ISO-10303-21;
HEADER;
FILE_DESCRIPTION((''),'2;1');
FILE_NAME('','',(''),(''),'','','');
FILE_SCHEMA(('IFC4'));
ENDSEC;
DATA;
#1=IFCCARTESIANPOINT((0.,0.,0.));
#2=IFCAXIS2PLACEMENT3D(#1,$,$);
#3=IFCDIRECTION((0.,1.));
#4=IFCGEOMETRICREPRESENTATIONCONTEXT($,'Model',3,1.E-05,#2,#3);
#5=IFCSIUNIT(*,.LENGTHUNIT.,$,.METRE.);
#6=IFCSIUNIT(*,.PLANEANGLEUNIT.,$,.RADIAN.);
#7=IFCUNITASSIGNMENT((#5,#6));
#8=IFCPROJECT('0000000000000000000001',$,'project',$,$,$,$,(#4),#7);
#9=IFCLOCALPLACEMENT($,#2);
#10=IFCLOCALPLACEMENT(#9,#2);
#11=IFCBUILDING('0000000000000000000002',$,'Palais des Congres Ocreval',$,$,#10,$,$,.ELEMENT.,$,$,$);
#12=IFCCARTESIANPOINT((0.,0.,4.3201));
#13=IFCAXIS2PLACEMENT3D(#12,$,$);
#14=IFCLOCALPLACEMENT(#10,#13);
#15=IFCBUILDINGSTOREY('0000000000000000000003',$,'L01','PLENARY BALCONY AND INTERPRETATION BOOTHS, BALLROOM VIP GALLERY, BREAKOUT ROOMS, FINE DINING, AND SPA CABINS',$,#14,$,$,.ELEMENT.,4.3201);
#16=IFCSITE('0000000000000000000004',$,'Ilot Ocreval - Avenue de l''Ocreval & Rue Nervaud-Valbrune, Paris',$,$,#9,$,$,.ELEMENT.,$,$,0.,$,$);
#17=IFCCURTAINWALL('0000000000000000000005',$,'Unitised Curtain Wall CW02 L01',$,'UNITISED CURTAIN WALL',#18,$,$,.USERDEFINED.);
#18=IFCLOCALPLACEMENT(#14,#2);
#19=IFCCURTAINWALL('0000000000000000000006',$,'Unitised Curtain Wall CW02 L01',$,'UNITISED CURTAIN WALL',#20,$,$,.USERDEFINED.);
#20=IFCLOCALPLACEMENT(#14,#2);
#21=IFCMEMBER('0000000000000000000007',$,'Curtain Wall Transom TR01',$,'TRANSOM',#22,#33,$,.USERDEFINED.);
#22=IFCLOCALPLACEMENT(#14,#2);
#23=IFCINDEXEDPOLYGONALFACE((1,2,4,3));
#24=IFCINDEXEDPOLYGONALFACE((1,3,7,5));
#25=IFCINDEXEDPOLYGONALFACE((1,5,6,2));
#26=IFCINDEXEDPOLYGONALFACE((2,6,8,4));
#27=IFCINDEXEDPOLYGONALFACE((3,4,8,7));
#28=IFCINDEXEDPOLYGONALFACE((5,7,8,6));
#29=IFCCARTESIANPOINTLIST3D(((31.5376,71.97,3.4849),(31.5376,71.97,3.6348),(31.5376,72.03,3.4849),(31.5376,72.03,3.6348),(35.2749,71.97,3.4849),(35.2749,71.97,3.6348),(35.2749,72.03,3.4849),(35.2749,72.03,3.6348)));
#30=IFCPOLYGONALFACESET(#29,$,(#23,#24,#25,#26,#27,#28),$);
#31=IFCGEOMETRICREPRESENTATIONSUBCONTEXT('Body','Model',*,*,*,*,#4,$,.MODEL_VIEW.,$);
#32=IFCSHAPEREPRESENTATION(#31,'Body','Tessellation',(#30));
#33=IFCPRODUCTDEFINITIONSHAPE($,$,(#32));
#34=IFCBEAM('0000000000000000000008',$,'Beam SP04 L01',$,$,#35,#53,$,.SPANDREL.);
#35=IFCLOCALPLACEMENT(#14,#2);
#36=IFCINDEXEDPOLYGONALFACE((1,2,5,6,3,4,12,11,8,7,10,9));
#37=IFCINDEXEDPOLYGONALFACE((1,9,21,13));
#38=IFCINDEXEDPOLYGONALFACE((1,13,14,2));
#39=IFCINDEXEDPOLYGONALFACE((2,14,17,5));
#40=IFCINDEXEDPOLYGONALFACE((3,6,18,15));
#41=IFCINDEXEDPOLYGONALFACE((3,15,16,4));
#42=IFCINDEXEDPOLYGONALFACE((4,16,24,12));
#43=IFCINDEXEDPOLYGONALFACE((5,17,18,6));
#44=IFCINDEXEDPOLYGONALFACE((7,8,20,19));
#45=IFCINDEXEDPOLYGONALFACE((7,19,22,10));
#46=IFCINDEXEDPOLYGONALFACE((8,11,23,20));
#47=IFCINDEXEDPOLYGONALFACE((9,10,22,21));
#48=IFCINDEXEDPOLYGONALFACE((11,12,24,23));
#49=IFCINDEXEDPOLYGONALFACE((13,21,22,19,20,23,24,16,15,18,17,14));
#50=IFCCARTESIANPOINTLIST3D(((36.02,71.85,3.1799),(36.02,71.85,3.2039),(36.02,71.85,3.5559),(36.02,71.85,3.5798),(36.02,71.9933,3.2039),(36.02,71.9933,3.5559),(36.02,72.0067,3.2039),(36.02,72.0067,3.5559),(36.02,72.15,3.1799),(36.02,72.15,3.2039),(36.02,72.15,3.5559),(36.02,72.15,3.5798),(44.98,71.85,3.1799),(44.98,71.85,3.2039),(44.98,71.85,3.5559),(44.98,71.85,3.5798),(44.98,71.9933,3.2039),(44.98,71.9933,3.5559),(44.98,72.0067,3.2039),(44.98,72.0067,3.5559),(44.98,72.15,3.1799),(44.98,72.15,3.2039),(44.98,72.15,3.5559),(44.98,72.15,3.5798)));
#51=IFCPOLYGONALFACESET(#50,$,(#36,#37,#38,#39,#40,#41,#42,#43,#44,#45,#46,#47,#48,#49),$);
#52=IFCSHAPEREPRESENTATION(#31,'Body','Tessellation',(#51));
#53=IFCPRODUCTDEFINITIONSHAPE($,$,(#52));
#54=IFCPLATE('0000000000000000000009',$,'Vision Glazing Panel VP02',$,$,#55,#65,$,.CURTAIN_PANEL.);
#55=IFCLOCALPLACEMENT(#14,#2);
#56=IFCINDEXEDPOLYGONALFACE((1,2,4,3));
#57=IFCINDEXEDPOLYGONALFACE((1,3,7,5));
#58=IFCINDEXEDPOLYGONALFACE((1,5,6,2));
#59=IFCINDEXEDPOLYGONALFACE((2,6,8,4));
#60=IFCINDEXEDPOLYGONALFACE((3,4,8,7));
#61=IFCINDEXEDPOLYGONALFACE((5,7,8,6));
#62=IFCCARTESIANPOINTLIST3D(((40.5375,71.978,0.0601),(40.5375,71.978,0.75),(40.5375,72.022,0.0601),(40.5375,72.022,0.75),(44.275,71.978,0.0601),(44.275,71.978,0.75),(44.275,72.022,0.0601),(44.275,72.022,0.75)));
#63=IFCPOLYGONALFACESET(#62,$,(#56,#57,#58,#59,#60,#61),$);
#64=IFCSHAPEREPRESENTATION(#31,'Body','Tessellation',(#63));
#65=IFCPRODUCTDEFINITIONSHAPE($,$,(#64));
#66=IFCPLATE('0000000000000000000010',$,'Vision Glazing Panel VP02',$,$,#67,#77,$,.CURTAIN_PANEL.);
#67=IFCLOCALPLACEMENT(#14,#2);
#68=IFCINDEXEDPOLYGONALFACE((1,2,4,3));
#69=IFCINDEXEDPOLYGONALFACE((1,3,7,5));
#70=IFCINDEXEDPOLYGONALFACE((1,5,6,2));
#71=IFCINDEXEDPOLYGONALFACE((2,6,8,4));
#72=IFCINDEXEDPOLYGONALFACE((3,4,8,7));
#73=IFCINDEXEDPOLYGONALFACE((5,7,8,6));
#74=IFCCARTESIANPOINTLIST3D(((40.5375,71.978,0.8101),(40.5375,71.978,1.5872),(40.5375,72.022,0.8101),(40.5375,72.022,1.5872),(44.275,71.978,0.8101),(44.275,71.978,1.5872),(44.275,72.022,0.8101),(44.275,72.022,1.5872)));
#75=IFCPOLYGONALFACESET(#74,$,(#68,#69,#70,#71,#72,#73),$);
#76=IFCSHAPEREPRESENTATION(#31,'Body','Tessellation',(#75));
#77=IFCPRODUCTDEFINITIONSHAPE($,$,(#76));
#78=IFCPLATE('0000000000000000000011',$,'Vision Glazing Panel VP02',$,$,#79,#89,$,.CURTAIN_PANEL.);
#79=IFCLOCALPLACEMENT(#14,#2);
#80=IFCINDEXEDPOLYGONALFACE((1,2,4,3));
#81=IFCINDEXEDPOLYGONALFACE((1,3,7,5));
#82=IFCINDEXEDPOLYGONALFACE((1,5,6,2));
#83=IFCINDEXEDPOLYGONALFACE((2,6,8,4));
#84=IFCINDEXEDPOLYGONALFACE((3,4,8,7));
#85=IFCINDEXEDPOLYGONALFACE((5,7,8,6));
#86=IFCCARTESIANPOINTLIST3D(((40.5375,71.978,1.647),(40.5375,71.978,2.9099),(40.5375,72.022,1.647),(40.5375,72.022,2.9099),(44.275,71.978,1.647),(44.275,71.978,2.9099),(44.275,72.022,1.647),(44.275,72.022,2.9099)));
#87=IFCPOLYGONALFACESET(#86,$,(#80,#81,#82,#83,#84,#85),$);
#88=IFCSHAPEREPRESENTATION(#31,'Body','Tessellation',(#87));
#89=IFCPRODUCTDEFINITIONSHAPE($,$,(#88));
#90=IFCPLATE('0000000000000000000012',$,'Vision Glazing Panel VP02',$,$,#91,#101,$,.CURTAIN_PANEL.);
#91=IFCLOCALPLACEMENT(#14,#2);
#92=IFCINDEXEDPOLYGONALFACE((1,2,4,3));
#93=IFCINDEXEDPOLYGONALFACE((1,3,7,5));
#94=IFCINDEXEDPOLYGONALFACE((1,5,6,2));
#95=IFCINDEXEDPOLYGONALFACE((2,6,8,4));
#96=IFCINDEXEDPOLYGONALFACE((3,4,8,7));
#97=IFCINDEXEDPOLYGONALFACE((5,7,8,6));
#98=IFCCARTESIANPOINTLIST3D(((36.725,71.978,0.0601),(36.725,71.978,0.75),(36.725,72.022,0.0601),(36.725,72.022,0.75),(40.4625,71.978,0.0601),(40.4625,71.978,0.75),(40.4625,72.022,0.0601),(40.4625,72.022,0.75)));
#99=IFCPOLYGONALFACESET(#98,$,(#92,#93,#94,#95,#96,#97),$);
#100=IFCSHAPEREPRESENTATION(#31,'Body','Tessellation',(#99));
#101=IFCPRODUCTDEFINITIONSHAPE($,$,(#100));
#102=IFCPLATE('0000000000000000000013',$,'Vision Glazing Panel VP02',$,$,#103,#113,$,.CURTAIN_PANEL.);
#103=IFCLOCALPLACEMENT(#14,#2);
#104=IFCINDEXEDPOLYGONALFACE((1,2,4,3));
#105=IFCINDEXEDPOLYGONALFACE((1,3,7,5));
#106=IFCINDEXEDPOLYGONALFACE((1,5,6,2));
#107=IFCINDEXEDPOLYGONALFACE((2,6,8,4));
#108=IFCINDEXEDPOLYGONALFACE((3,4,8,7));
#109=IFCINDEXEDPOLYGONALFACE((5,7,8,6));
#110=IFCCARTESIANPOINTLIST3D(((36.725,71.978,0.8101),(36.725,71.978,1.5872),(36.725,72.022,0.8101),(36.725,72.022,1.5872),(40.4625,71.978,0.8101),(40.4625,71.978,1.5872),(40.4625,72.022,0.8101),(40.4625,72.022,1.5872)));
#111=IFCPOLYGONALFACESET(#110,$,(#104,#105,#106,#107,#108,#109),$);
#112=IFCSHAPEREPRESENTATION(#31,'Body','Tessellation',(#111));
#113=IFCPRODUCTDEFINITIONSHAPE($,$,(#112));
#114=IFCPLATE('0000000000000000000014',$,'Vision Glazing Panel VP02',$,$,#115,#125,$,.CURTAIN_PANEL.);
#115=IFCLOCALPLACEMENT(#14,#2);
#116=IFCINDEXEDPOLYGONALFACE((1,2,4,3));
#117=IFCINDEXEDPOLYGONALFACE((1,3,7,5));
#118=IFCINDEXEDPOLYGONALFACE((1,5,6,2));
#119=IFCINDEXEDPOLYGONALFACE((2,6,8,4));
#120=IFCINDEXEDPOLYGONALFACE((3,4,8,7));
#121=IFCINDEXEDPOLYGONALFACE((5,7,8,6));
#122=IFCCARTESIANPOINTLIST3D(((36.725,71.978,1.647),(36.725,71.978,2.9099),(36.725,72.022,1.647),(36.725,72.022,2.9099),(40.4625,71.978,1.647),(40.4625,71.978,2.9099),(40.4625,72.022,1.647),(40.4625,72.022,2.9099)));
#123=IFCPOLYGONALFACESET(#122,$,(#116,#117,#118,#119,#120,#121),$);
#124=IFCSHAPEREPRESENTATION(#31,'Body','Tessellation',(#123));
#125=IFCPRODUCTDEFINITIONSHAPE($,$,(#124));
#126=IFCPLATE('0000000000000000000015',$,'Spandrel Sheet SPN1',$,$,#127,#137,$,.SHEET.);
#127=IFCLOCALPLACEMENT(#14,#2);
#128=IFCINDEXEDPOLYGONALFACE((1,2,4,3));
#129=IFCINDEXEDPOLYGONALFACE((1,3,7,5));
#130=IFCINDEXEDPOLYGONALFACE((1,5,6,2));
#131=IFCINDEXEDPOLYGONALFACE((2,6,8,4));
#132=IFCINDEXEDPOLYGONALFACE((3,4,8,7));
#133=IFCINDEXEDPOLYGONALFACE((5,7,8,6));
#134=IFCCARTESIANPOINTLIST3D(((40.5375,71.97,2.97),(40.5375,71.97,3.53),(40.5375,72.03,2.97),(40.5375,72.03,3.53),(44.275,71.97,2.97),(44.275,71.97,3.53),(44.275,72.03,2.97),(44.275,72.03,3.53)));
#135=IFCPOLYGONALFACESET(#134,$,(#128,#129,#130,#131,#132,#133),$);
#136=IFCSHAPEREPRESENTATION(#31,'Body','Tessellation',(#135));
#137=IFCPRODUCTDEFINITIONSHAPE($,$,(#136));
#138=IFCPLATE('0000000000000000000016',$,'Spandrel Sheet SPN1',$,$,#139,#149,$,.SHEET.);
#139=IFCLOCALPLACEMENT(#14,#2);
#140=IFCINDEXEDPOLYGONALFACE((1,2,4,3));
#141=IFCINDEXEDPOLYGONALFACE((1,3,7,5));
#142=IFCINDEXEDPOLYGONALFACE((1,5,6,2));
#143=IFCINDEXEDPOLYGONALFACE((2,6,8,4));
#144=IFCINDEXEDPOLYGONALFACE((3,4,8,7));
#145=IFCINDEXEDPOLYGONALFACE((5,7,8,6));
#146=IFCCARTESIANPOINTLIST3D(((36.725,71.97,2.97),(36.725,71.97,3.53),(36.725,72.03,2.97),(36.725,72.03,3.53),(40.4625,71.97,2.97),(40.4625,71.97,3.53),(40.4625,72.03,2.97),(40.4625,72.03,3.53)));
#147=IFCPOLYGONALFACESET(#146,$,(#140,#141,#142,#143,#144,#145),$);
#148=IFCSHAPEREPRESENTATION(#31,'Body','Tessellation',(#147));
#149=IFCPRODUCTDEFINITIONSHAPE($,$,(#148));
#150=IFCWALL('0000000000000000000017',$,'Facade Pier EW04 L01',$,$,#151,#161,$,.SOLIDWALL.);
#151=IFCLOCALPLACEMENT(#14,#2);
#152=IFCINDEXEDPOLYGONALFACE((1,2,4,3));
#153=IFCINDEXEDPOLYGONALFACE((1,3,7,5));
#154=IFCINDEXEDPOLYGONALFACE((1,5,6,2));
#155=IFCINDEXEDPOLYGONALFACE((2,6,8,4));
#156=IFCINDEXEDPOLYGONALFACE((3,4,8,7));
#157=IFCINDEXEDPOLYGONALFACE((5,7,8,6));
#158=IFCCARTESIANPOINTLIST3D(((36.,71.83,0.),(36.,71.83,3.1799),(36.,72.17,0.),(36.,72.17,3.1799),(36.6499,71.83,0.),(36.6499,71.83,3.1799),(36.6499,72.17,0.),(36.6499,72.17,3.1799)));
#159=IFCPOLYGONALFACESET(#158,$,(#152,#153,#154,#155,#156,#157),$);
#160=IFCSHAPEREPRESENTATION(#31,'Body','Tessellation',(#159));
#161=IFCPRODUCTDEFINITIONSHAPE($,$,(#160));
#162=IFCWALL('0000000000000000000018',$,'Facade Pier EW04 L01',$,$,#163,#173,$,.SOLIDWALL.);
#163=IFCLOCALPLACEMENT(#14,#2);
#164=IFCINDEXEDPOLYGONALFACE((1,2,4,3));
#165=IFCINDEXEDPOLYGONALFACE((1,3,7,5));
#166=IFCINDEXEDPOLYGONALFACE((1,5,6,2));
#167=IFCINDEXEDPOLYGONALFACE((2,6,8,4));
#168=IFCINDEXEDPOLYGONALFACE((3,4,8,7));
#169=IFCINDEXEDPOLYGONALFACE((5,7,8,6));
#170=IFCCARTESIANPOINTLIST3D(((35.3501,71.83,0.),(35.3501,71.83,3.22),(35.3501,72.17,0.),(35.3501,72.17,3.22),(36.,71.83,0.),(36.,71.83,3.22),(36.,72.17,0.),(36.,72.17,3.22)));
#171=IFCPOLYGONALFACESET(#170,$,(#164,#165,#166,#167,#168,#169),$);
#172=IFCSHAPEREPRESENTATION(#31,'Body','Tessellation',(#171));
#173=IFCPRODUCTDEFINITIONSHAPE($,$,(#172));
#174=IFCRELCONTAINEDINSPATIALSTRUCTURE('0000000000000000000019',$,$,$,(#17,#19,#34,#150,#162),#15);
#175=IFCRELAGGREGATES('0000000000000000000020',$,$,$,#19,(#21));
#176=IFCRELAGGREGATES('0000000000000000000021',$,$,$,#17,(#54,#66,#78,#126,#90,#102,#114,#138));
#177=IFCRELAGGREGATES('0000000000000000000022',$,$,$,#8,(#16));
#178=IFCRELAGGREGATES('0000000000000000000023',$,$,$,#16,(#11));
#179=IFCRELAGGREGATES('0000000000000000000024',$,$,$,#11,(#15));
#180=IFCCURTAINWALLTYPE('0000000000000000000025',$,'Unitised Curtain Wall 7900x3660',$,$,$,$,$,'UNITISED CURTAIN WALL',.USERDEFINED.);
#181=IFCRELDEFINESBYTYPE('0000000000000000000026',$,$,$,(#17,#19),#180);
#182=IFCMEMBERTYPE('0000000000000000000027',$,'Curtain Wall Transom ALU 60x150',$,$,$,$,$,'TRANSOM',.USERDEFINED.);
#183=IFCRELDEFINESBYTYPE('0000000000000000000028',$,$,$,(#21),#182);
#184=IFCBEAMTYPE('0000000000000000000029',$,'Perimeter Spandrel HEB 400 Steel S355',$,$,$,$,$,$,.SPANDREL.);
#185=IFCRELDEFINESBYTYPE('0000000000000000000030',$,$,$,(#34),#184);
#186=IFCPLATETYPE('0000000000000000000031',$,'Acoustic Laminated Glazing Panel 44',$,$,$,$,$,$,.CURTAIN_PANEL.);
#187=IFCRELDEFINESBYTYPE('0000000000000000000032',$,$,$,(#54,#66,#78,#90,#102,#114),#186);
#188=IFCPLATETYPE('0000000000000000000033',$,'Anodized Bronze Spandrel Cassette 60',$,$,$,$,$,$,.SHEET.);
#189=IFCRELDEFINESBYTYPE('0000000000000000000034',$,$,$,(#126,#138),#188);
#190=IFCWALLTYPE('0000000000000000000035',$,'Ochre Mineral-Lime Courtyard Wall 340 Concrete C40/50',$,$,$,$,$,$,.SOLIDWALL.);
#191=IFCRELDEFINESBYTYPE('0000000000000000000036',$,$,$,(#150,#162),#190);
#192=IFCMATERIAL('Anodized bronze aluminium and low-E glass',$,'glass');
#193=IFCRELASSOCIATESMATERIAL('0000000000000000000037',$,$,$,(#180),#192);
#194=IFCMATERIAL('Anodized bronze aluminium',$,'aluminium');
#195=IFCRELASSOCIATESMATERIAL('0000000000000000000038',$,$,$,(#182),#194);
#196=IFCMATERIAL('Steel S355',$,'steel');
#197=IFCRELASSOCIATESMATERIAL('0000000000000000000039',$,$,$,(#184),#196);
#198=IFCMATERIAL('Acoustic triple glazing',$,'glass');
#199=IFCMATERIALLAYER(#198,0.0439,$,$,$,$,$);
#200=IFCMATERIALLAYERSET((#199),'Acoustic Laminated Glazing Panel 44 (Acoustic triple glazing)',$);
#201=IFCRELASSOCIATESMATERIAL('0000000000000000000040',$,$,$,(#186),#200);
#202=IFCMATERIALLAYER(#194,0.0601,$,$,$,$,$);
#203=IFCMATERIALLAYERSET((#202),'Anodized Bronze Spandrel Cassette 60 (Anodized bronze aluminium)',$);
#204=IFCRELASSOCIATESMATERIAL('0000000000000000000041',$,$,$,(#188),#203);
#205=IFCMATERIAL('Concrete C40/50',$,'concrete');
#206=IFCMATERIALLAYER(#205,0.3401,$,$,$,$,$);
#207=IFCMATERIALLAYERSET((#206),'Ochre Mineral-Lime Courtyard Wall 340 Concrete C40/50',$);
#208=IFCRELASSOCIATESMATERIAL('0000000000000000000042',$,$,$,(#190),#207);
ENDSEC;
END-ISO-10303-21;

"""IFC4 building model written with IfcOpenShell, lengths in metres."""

from ifc_helpers import new_model, si_unit, direction, frame, frame_2d, origin, origin_2d, place, context, subcontext, project, spatial, rectangle, i_section, extrude, material, layer, layer_set, material_profile, profile_set, type_object, element, aggregate, save


model = new_model("IFC4")

# Units and contexts
model_context = context("Model", 3, precision=1e-05, world=origin(), true_north=direction((0.0, 1.0)))
body_context = subcontext(model_context, "Body", "Model", "MODEL_VIEW")
ifc_project = project(units=[si_unit("LENGTHUNIT", "METRE"), si_unit("PLANEANGLEUNIT", "RADIAN")], contexts=[model_context])

# Site, building, storey
site_placement = place(None, origin())
site = spatial("IfcSite", under=ifc_project, at=site_placement, Name="Ilot Ocreval - Avenue de l'Ocreval & Rue Nervaud-Valbrune, Paris", CompositionType="ELEMENT", RefElevation=0.0)
building_placement = place(site_placement, origin())
building = spatial("IfcBuilding", under=site, at=building_placement, Name="Palais des Congres Ocreval", CompositionType="ELEMENT")
storey_placement = place(building_placement, frame((0.0, 0.0, 4.3201)))
storey = spatial("IfcBuildingStorey", under=building, at=storey_placement, Name="L01", Description="PLENARY BALCONY AND INTERPRETATION BOOTHS, BALLROOM VIP GALLERY, BREAKOUT ROOMS, FINE DINING, AND SPA CABINS", CompositionType="ELEMENT", Elevation=4.3201)

# Shared definitions
ifc_material_1 = material(Name="Steel S355", Category="steel")

# Curtain wall
ifc_material_2 = material(Name="Anodized bronze aluminium and low-E glass", Category="glass")
curtain_wall_type = type_object("IfcCurtainWallType", Name="Unitised Curtain Wall 7900x3660", ElementType="UNITISED CURTAIN WALL", PredefinedType="USERDEFINED", material=ifc_material_2)
curtain_wall_1_placement = place(storey_placement, origin())
curtain_wall_1 = element("IfcCurtainWall", 1, at=curtain_wall_1_placement, inside=storey, type_object=curtain_wall_type, Name="Unitised Curtain Wall CW02 L01", ObjectType="UNITISED CURTAIN WALL", PredefinedType="USERDEFINED")
ifc_material_3 = material(Name="Anodized bronze aluminium", Category="aluminium")

# Curtain wall
curtain_wall_2_placement = place(storey_placement, origin())
curtain_wall_2 = element("IfcCurtainWall", 2, at=curtain_wall_2_placement, inside=storey, type_object=curtain_wall_type, Name="Unitised Curtain Wall CW02 L01", ObjectType="UNITISED CURTAIN WALL", PredefinedType="USERDEFINED")

# Member
ifc_material_profile_1 = material_profile(ifc_material_3, rectangle(XDim=0.0601, YDim=0.1499, at=origin_2d()), Name="ALU 60x150")
ifc_profile_set_1 = profile_set([ifc_material_profile_1], Name="Anodized bronze aluminium")
member_type_1 = type_object("IfcMemberType", Name="Curtain Wall Transom ALU 60x150", ElementType="TRANSOM", PredefinedType="USERDEFINED", material=ifc_profile_set_1)
member_1_placement = place(storey_placement, frame((35.2749, 72.0, 3.5598), z_axis=(-1.0, 0.0, 0.0), x_axis=(0.0, -1.0, 0.0)))
member_1 = element("IfcMember", 3, at=member_1_placement, type_object=member_type_1, Name="Curtain Wall Transom TR01", ObjectType="TRANSOM", PredefinedType="USERDEFINED", context=body_context, shape_type="SweptSolid", body=[
    extrude(rectangle(XDim=0.0601, YDim=0.1499, at=origin_2d()), origin(), (0.0, 0.0, 1.0), 3.7373),
])
aggregate(curtain_wall_2, [member_1])

# Beam
ifc_material_profile_2 = material_profile(ifc_material_1, i_section(OverallWidth=0.3, OverallDepth=0.3999, WebThickness=0.0134, FlangeThickness=0.0239, at=origin_2d()), Name="HEB 400")
ifc_profile_set_2 = profile_set([ifc_material_profile_2], Name="Steel S355")
beam_type = type_object("IfcBeamType", Name="Perimeter Spandrel HEB 400 Steel S355", PredefinedType="SPANDREL", material=ifc_profile_set_2)
beam_placement = place(storey_placement, frame((36.02, 72.0, 3.3799), z_axis=(1.0, 0.0, 0.0), x_axis=(0.0, 1.0, 0.0)))
element("IfcBeam", 4, at=beam_placement, inside=storey, type_object=beam_type, Name="Beam SP04 L01", PredefinedType="SPANDREL", context=body_context, shape_type="SweptSolid", body=[
    extrude(i_section(OverallWidth=0.3, OverallDepth=0.3999, WebThickness=0.0134, FlangeThickness=0.0239, at=origin_2d()), origin(), (0.0, 0.0, 1.0), 8.96),
])

# Plates
ifc_material_4 = material(Name="Acoustic triple glazing", Category="glass")
ifc_layer_1 = layer(ifc_material_4, 0.0439)
ifc_layer_set_1 = layer_set([ifc_layer_1], Name="Acoustic Laminated Glazing Panel 44 (Acoustic triple glazing)")
plate_type_1 = type_object("IfcPlateType", Name="Acoustic Laminated Glazing Panel 44", PredefinedType="CURTAIN_PANEL", material=ifc_layer_set_1)
plate_1_placement = place(storey_placement, frame((42.4062, 72.0, 0.0601), z_axis=(0.0, 0.0, 1.0), x_axis=(-1.0, 0.0, 0.0)))
plate_1 = element("IfcPlate", 5, at=plate_1_placement, type_object=plate_type_1, Name="Vision Glazing Panel VP02", PredefinedType="CURTAIN_PANEL", context=body_context, shape_type="SweptSolid", body=[
    extrude(rectangle(XDim=3.7375, YDim=0.0439, at=origin_2d()), origin(), (0.0, 0.0, 1.0), 0.6899),
])
plate_2_placement = place(storey_placement, frame((42.4062, 72.0, 0.8101), z_axis=(0.0, 0.0, 1.0), x_axis=(-1.0, 0.0, 0.0)))
plate_2 = element("IfcPlate", 6, at=plate_2_placement, type_object=plate_type_1, Name="Vision Glazing Panel VP02", PredefinedType="CURTAIN_PANEL", context=body_context, shape_type="SweptSolid", body=[
    extrude(rectangle(XDim=3.7375, YDim=0.0439, at=origin_2d()), origin(), (0.0, 0.0, 1.0), 0.7771),
])
plate_3_placement = place(storey_placement, frame((42.4062, 72.0, 1.647), z_axis=(0.0, 0.0, 1.0), x_axis=(-1.0, 0.0, 0.0)))
plate_3 = element("IfcPlate", 7, at=plate_3_placement, type_object=plate_type_1, Name="Vision Glazing Panel VP02", PredefinedType="CURTAIN_PANEL", context=body_context, shape_type="SweptSolid", body=[
    extrude(rectangle(XDim=3.7375, YDim=0.0439, at=origin_2d()), origin(), (0.0, 0.0, 1.0), 1.2629),
])
plate_4_placement = place(storey_placement, frame((38.5938, 72.0, 0.0601), z_axis=(0.0, 0.0, 1.0), x_axis=(-1.0, 0.0, 0.0)))
plate_4 = element("IfcPlate", 8, at=plate_4_placement, type_object=plate_type_1, Name="Vision Glazing Panel VP02", PredefinedType="CURTAIN_PANEL", context=body_context, shape_type="SweptSolid", body=[
    extrude(rectangle(XDim=3.7375, YDim=0.0439, at=origin_2d()), origin(), (0.0, 0.0, 1.0), 0.6899),
])
plate_5_placement = place(storey_placement, frame((38.5938, 72.0, 0.8101), z_axis=(0.0, 0.0, 1.0), x_axis=(-1.0, 0.0, 0.0)))
plate_5 = element("IfcPlate", 9, at=plate_5_placement, type_object=plate_type_1, Name="Vision Glazing Panel VP02", PredefinedType="CURTAIN_PANEL", context=body_context, shape_type="SweptSolid", body=[
    extrude(rectangle(XDim=3.7375, YDim=0.0439, at=origin_2d()), origin(), (0.0, 0.0, 1.0), 0.7771),
])
plate_6_placement = place(storey_placement, frame((38.5938, 72.0, 1.647), z_axis=(0.0, 0.0, 1.0), x_axis=(-1.0, 0.0, 0.0)))
plate_6 = element("IfcPlate", 10, at=plate_6_placement, type_object=plate_type_1, Name="Vision Glazing Panel VP02", PredefinedType="CURTAIN_PANEL", context=body_context, shape_type="SweptSolid", body=[
    extrude(rectangle(XDim=3.7375, YDim=0.0439, at=origin_2d()), origin(), (0.0, 0.0, 1.0), 1.2629),
])
ifc_layer_2 = layer(ifc_material_3, 0.0601)
ifc_layer_set_2 = layer_set([ifc_layer_2], Name="Anodized Bronze Spandrel Cassette 60 (Anodized bronze aluminium)")
plate_type_2 = type_object("IfcPlateType", Name="Anodized Bronze Spandrel Cassette 60", PredefinedType="SHEET", material=ifc_layer_set_2)
plate_7_placement = place(storey_placement, frame((42.4062, 72.0, 2.97), z_axis=(0.0, 0.0, 1.0), x_axis=(-1.0, 0.0, 0.0)))
plate_7 = element("IfcPlate", 11, at=plate_7_placement, type_object=plate_type_2, Name="Spandrel Sheet SPN1", PredefinedType="SHEET", context=body_context, shape_type="SweptSolid", body=[
    extrude(rectangle(XDim=3.7375, YDim=0.0601, at=origin_2d()), origin(), (0.0, 0.0, 1.0), 0.5601),
])
plate_8_placement = place(storey_placement, frame((38.5938, 72.0, 2.97), z_axis=(0.0, 0.0, 1.0), x_axis=(-1.0, 0.0, 0.0)))
plate_8 = element("IfcPlate", 12, at=plate_8_placement, type_object=plate_type_2, Name="Spandrel Sheet SPN1", PredefinedType="SHEET", context=body_context, shape_type="SweptSolid", body=[
    extrude(rectangle(XDim=3.7375, YDim=0.0601, at=origin_2d()), origin(), (0.0, 0.0, 1.0), 0.5601),
])
aggregate(curtain_wall_1, [plate_1, plate_2, plate_3, plate_7, plate_4, plate_5, plate_6, plate_8])

# Walls
ifc_material_5 = material(Name="Concrete C40/50", Category="concrete")
ifc_layer_3 = layer(ifc_material_5, 0.3401)
ifc_layer_set_3 = layer_set([ifc_layer_3], Name="Ochre Mineral-Lime Courtyard Wall 340 Concrete C40/50")
wall_type = type_object("IfcWallType", Name="Ochre Mineral-Lime Courtyard Wall 340 Concrete C40/50", PredefinedType="SOLIDWALL", material=ifc_layer_set_3)
wall_1_placement = place(storey_placement, frame((36.6499, 72.0, 0.0), z_axis=(0.0, 0.0, 1.0), x_axis=(-1.0, 0.0, 0.0)))
element("IfcWall", 13, at=wall_1_placement, inside=storey, type_object=wall_type, Name="Facade Pier EW04 L01", PredefinedType="SOLIDWALL", context=body_context, shape_type="SweptSolid", body=[
    extrude(rectangle(XDim=0.6499, YDim=0.3401, at=frame_2d((0.325, 0.0))), origin(), (0.0, 0.0, 1.0), 3.1799),
])
wall_2_placement = place(storey_placement, frame((36.0, 72.0, 0.0), z_axis=(0.0, 0.0, 1.0), x_axis=(-1.0, 0.0, 0.0)))
element("IfcWall", 14, at=wall_2_placement, inside=storey, type_object=wall_type, Name="Facade Pier EW04 L01", PredefinedType="SOLIDWALL", context=body_context, shape_type="SweptSolid", body=[
    extrude(rectangle(XDim=0.6499, YDim=0.3401, at=frame_2d((0.325, 0.0))), origin(), (0.0, 0.0, 1.0), 3.22),
])

save(model, "model.ifc")
